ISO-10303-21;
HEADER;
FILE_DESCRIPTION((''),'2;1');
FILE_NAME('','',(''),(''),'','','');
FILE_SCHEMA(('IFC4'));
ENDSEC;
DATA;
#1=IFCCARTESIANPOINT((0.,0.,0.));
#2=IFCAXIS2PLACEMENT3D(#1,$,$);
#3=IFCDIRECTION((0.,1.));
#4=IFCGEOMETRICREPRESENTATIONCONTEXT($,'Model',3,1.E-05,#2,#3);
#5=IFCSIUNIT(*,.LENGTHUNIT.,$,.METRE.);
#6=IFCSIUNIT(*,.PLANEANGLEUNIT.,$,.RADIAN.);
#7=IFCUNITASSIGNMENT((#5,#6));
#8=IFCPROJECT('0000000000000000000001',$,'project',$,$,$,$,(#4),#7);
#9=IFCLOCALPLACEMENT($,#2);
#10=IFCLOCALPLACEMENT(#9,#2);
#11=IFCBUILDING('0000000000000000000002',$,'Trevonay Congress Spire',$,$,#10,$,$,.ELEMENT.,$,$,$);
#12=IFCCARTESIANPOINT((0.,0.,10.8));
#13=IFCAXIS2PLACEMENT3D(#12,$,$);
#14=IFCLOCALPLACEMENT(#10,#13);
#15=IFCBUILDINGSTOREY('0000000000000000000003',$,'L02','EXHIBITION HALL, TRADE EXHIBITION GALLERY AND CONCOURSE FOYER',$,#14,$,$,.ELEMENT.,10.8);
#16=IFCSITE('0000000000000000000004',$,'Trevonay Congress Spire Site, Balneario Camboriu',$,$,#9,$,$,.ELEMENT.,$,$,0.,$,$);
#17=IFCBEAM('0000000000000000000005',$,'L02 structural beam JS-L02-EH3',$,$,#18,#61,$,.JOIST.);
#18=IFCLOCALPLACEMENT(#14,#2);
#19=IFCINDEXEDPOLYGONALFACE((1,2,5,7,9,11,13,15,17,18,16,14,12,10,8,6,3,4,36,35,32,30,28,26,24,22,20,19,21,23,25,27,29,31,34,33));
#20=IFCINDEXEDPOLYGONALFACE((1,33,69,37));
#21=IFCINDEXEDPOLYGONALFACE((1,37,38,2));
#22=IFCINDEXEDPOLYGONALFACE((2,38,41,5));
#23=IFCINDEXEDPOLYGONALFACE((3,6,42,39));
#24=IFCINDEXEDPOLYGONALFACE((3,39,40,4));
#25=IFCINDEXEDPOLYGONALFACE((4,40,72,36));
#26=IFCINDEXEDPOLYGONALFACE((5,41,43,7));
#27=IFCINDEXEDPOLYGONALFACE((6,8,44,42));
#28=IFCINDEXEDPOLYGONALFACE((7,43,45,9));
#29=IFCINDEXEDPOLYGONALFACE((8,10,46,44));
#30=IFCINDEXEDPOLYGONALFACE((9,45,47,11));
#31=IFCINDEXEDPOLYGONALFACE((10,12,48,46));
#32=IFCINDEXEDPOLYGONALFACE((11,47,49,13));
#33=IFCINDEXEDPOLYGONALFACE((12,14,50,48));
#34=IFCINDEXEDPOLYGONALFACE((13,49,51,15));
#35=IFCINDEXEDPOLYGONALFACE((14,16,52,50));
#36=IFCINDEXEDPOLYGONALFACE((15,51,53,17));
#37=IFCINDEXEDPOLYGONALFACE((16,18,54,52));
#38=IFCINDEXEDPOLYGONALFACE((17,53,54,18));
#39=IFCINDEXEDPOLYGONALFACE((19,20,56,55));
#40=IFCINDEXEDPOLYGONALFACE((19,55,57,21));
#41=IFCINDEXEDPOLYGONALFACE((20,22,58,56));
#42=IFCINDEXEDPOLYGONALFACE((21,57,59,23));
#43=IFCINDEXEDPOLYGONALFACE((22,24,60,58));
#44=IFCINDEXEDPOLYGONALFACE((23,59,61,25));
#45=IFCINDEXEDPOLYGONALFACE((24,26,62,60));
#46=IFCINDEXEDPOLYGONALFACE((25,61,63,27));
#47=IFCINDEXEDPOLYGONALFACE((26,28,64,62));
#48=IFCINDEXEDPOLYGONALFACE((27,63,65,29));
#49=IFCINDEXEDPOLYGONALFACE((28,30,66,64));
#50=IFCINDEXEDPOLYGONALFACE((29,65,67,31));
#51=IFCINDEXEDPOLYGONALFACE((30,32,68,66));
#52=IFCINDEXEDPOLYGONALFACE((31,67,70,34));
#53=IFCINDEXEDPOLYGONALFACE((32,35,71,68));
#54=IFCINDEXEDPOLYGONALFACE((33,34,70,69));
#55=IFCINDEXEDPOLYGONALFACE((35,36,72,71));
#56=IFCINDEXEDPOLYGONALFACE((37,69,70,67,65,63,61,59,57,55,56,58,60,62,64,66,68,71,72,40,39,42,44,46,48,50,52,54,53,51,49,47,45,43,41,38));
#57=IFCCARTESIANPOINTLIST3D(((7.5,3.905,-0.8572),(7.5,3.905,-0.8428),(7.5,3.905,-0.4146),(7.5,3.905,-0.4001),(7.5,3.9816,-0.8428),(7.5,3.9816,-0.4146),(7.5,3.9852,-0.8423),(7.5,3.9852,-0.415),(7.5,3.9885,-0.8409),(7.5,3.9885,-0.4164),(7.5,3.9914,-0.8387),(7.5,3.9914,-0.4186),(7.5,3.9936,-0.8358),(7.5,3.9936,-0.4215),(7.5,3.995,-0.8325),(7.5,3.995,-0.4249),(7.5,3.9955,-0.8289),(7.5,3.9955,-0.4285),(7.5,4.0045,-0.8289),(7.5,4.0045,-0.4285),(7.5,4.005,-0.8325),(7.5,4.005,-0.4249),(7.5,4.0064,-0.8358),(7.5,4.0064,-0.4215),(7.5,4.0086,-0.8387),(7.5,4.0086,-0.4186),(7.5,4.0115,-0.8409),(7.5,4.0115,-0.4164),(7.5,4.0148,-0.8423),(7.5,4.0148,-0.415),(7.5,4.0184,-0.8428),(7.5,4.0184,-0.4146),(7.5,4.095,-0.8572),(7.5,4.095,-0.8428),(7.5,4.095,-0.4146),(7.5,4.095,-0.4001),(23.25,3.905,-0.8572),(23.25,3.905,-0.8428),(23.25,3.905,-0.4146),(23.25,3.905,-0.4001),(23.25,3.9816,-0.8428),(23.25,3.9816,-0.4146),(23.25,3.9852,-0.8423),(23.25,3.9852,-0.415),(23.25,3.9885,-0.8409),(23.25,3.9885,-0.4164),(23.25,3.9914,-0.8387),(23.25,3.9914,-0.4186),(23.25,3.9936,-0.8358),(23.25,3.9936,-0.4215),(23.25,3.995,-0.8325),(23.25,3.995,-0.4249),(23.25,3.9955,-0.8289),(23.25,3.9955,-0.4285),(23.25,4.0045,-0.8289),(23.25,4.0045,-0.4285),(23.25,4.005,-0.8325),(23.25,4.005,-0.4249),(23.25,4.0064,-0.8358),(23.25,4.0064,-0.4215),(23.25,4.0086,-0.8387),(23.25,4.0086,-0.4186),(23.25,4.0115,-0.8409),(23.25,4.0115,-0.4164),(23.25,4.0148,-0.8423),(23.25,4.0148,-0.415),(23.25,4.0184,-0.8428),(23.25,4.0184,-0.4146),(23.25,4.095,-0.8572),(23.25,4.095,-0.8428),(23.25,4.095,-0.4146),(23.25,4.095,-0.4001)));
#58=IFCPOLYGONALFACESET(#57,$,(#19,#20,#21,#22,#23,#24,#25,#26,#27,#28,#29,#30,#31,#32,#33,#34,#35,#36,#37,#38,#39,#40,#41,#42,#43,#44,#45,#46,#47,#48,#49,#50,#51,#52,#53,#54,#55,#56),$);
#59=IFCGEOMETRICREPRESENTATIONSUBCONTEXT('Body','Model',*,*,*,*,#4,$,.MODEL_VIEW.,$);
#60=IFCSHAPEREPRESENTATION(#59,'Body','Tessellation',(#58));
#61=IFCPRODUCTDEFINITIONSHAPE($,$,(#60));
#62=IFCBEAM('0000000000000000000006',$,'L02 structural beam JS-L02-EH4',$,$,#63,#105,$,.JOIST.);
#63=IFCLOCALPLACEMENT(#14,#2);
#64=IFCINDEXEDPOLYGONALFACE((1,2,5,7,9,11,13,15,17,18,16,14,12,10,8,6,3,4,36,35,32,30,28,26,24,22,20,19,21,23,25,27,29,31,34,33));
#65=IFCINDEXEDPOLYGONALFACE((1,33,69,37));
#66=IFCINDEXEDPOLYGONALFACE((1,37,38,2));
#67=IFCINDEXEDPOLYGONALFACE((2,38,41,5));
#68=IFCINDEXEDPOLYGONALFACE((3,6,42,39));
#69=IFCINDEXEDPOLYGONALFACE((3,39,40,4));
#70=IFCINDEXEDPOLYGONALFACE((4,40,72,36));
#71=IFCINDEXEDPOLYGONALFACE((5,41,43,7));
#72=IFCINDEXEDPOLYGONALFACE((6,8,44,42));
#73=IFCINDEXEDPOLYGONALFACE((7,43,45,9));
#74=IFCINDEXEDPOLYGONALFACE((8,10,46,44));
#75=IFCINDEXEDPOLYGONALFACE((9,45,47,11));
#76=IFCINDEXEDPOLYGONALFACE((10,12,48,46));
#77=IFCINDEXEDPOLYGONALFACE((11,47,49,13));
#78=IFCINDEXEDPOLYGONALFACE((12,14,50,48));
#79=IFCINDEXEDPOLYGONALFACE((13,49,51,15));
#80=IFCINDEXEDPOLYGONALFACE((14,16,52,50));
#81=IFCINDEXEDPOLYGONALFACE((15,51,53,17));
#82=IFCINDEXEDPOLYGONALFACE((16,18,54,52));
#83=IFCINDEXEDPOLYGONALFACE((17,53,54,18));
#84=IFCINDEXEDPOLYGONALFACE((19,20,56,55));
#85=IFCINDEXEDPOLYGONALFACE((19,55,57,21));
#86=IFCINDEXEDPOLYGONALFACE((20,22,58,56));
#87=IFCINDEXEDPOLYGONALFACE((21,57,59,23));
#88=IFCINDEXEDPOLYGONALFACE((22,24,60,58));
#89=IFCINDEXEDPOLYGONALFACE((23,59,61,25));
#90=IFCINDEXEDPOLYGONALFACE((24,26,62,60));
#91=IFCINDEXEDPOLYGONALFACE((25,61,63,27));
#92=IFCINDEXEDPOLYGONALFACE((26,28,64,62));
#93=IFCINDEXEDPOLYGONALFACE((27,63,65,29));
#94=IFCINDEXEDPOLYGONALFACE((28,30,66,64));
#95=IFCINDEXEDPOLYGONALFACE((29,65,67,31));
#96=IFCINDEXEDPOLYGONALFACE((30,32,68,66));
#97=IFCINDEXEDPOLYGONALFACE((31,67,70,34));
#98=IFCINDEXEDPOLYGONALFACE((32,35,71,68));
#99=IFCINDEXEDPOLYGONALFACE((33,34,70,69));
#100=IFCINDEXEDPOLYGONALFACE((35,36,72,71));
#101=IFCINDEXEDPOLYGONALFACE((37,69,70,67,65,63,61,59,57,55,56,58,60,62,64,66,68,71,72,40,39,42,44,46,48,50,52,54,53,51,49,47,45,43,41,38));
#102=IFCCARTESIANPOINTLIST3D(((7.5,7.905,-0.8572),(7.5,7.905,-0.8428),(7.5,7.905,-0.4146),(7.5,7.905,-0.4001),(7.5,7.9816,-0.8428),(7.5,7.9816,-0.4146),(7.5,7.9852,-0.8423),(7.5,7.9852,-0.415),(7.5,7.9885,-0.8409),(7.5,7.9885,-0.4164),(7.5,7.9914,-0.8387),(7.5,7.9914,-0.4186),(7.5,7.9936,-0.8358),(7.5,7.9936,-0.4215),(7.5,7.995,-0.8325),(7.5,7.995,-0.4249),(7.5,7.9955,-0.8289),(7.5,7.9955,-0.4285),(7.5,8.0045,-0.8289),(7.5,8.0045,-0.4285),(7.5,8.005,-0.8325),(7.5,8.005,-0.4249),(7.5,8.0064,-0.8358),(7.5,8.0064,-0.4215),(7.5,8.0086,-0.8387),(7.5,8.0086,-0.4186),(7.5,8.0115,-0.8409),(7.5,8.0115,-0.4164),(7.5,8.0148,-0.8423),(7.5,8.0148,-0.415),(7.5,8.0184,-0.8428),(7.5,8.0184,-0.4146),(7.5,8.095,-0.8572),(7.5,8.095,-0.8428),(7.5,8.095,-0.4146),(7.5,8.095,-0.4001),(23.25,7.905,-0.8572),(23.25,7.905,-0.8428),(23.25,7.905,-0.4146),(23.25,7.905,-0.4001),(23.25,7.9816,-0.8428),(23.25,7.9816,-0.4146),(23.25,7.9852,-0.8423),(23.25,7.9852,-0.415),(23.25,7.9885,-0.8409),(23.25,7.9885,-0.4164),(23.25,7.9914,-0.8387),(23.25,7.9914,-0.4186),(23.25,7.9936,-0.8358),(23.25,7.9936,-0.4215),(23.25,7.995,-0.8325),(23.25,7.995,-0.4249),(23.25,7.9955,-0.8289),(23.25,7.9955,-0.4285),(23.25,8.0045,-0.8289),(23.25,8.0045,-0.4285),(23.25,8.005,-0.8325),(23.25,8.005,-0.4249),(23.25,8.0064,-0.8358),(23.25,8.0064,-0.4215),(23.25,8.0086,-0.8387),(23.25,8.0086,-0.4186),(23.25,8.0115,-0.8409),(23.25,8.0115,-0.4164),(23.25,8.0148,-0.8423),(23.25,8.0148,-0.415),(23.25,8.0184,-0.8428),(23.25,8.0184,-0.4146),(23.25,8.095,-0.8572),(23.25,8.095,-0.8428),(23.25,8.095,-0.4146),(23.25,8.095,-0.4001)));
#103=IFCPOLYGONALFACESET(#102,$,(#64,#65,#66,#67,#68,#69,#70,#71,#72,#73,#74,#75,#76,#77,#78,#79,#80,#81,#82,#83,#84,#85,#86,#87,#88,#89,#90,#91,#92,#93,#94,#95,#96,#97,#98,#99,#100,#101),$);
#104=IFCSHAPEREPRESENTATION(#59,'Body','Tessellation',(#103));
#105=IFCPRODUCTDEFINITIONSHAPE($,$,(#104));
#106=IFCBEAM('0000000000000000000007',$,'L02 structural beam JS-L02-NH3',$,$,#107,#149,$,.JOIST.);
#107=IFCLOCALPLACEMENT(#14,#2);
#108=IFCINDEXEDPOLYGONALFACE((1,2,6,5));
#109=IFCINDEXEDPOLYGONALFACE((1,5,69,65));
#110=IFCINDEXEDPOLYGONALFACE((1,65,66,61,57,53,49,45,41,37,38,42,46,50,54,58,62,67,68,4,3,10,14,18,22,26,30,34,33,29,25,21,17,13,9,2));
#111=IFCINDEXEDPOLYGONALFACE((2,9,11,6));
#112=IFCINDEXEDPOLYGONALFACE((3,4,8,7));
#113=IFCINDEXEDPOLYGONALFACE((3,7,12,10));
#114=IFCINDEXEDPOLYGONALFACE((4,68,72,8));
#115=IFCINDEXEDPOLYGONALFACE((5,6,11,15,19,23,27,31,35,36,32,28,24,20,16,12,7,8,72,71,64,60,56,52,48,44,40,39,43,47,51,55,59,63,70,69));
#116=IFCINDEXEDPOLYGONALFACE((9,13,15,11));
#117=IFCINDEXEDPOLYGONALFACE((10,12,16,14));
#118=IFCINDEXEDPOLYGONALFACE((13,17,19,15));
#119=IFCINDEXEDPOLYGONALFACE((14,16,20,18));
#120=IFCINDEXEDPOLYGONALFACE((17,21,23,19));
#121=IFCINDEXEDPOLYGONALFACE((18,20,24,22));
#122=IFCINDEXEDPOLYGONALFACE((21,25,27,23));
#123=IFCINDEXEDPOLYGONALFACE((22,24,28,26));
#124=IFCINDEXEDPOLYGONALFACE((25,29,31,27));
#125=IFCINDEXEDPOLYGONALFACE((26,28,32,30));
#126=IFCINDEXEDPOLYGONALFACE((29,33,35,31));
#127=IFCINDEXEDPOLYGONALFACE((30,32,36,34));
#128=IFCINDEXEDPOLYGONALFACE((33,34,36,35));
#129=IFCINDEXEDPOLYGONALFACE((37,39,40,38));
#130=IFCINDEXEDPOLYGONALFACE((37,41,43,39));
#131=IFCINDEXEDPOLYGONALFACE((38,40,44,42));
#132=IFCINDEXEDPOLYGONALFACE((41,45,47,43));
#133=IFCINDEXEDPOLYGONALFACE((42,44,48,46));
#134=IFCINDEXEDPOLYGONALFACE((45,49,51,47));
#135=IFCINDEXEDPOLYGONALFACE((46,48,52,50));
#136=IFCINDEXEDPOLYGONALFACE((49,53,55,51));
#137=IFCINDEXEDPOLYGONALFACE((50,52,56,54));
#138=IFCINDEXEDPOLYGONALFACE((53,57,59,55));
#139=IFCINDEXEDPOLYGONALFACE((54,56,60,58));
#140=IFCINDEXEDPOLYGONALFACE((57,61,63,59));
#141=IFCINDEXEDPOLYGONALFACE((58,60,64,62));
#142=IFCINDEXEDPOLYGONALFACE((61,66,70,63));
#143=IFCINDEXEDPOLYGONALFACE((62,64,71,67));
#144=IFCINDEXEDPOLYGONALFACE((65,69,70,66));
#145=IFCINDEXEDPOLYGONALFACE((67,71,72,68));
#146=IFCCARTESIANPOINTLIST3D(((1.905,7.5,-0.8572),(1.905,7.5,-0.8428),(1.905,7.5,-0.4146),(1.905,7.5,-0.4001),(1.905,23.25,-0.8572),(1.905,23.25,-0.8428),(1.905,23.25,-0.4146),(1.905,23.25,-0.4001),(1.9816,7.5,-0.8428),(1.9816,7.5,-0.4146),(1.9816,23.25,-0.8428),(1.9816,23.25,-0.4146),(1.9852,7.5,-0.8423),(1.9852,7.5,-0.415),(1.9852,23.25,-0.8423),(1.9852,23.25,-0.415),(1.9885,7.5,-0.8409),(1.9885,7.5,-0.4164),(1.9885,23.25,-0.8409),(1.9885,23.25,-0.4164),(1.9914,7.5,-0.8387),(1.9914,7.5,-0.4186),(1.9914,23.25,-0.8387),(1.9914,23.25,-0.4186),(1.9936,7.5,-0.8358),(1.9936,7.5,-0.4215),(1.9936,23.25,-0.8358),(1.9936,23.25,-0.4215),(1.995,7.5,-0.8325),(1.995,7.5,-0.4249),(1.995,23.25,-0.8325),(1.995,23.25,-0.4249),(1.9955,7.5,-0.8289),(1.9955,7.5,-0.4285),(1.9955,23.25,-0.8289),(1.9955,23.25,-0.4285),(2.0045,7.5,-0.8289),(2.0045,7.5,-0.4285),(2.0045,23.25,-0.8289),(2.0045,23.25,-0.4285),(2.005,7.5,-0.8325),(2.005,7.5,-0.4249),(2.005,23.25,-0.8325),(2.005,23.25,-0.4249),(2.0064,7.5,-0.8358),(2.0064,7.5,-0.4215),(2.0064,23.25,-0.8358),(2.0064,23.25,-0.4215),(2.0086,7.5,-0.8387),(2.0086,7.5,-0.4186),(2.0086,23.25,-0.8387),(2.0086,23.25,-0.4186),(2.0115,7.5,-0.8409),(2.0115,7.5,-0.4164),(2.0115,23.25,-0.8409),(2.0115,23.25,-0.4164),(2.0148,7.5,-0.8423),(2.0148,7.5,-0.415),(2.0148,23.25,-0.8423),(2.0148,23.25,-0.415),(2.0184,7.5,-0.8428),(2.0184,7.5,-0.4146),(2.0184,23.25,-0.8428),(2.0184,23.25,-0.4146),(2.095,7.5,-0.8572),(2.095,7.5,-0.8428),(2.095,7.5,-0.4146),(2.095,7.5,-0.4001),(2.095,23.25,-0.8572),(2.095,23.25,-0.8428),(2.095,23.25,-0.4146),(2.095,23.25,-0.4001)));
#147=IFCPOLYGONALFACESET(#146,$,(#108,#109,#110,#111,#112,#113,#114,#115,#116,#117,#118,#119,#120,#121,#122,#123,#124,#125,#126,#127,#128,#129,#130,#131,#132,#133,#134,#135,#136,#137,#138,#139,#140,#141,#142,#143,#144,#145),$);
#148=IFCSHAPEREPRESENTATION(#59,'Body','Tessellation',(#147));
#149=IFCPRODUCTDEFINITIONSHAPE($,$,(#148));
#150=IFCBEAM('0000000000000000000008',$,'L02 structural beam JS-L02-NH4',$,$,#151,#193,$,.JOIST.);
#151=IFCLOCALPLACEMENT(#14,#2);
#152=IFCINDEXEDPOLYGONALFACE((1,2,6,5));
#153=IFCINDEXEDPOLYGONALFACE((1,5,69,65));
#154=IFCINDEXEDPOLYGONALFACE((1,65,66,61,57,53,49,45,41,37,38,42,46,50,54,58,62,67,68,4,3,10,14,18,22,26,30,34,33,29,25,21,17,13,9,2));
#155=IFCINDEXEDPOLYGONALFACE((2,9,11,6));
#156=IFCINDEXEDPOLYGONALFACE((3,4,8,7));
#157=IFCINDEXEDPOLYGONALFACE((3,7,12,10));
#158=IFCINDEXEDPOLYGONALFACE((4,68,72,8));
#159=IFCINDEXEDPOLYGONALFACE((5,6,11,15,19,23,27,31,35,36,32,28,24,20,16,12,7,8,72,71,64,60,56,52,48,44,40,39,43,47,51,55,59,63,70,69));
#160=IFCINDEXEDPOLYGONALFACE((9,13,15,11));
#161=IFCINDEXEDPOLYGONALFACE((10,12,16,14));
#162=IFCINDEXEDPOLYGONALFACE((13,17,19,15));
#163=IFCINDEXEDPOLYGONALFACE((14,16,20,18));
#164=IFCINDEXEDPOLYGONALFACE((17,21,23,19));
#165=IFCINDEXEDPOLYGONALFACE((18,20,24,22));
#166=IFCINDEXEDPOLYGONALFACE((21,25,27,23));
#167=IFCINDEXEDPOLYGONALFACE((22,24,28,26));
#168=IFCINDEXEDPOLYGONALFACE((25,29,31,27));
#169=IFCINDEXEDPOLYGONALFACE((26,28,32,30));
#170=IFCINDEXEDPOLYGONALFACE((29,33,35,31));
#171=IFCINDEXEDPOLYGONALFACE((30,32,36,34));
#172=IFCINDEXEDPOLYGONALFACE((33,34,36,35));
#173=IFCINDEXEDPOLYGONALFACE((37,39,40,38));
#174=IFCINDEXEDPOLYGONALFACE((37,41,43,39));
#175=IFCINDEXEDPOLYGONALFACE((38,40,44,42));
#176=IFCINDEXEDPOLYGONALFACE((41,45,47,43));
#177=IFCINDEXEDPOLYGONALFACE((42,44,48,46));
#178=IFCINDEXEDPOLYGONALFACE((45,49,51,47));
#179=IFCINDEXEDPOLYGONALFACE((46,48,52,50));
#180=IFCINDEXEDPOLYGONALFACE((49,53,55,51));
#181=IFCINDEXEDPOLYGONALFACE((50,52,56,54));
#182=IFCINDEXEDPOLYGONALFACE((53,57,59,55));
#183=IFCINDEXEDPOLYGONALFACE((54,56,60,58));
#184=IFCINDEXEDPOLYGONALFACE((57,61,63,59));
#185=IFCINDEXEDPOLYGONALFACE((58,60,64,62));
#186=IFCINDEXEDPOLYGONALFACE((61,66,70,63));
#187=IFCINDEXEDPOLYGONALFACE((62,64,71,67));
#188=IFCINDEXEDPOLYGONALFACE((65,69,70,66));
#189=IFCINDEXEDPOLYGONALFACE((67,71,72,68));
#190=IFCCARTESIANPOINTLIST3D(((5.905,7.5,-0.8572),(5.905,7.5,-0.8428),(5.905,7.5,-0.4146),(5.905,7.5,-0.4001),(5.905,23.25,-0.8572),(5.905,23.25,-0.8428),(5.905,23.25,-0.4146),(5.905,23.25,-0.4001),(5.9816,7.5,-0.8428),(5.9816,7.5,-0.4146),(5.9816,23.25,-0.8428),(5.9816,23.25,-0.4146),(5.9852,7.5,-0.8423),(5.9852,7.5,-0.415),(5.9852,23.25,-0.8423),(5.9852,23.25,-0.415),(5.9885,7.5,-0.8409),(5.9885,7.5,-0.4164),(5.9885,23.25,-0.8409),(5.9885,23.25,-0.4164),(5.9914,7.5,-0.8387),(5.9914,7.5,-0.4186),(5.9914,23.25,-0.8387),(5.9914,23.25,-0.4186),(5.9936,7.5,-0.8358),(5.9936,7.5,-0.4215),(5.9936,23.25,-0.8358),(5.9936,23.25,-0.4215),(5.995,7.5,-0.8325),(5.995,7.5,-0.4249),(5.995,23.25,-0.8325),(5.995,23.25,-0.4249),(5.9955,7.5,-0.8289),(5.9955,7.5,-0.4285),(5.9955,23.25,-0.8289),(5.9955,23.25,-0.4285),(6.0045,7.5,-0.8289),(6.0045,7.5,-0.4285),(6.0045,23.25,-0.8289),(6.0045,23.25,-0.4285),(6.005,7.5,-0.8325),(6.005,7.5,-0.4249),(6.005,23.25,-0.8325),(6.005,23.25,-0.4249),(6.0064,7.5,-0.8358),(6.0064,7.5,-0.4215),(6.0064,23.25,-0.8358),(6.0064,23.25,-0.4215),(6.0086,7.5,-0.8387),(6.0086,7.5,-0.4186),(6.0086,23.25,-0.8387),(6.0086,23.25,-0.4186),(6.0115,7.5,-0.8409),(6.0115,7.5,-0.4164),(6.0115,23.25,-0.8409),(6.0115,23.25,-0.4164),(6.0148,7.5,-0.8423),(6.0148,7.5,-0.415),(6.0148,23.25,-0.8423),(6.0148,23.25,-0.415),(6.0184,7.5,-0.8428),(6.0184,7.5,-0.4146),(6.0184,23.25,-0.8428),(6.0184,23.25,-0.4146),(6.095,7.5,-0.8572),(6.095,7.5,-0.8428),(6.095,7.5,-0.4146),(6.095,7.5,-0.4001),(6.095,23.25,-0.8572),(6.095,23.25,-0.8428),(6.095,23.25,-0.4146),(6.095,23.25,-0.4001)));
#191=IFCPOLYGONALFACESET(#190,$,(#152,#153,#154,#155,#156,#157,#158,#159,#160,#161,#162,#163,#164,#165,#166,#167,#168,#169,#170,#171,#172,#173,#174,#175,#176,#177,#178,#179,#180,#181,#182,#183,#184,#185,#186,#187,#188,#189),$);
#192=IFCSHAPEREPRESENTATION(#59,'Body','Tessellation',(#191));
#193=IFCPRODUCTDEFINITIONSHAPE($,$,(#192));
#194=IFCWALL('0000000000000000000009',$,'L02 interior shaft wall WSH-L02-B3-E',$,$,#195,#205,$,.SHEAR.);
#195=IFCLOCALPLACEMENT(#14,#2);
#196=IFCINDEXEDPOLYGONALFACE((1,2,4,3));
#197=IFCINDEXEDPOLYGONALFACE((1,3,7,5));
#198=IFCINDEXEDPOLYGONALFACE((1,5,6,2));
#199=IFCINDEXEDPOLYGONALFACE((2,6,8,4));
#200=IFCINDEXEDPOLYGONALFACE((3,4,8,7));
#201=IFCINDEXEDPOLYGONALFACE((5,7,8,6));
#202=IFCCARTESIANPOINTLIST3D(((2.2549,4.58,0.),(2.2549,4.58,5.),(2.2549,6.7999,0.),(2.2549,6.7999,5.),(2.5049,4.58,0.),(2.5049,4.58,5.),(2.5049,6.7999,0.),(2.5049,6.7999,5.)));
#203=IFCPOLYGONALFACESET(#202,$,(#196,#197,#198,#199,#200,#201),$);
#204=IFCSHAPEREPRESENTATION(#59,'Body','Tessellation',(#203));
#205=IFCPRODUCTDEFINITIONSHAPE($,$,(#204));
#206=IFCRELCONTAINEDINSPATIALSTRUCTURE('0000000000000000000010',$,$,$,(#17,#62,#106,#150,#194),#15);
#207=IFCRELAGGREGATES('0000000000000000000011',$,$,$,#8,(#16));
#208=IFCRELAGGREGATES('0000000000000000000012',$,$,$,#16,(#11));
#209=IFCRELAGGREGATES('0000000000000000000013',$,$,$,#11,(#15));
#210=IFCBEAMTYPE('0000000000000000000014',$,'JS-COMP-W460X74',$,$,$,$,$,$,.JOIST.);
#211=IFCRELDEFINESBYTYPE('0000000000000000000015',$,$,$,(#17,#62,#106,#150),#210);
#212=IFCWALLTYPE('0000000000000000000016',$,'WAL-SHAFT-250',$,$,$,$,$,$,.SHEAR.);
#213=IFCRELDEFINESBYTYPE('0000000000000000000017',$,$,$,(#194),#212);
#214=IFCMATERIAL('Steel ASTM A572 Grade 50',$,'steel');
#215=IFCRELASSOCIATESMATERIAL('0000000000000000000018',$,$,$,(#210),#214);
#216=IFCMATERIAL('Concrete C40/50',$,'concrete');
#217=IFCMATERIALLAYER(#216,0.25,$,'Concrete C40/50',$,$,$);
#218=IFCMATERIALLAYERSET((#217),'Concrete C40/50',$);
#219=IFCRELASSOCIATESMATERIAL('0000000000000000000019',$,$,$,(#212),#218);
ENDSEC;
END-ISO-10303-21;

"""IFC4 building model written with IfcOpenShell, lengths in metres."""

from ifc_helpers import new_model, si_unit, direction, frame, frame_2d, origin, origin_2d, place, context, subcontext, project, spatial, rectangle, i_section, extrude, material, layer, layer_set, material_profile, profile_set, type_object, element, save


model = new_model("IFC4")

# Units and contexts
model_context = context("Model", 3, precision=1e-05, world=origin(), true_north=direction((0.0, 1.0)))
body_context = subcontext(model_context, "Body", "Model", "MODEL_VIEW")
ifc_project = project(units=[si_unit("LENGTHUNIT", "METRE"), si_unit("PLANEANGLEUNIT", "RADIAN")], contexts=[model_context])

# Site, building, storey
site_placement = place(None, origin())
site = spatial("IfcSite", under=ifc_project, at=site_placement, Name="Trevonay Congress Spire Site, Balneario Camboriu", CompositionType="ELEMENT", RefElevation=0.0)
building_placement = place(site_placement, origin())
building = spatial("IfcBuilding", under=site, at=building_placement, Name="Trevonay Congress Spire", CompositionType="ELEMENT")
storey_placement = place(building_placement, frame((0.0, 0.0, 10.8)))
storey = spatial("IfcBuildingStorey", under=building, at=storey_placement, Name="L02", Description="EXHIBITION HALL, TRADE EXHIBITION GALLERY AND CONCOURSE FOYER", CompositionType="ELEMENT", Elevation=10.8)

# Shared definitions
ifc_material_1 = material(Name="Steel ASTM A572 Grade 50", Category="steel")

# Beams
ifc_material_profile_1 = material_profile(ifc_material_1, i_section(OverallWidth=0.1899, OverallDepth=0.457, WebThickness=0.009, FlangeThickness=0.0144, FilletRadius=0.0139, at=origin_2d()), Name="W460x74")
ifc_profile_set_1 = profile_set([ifc_material_profile_1], Name="Steel ASTM A572 Grade 50")
beam_type_1 = type_object("IfcBeamType", Name="JS-COMP-W460X74", PredefinedType="JOIST", material=ifc_profile_set_1)
for number, where, z_axis, x_axis, name in (
    (1, (7.5, 4.0, -0.6287), (1.0, 0.0, 0.0), (0.0, 1.0, 0.0), "L02 structural beam JS-L02-EH3"),
    (2, (7.5, 8.0, -0.6287), (1.0, 0.0, 0.0), (0.0, 1.0, 0.0), "L02 structural beam JS-L02-EH4"),
    (3, (2.0, 7.5, -0.6287), (0.0, 1.0, 0.0), (-1.0, 0.0, 0.0), "L02 structural beam JS-L02-NH3"),
    (4, (6.0, 7.5, -0.6287), (0.0, 1.0, 0.0), (-1.0, 0.0, 0.0), "L02 structural beam JS-L02-NH4"),
):
    element("IfcBeam", number, at=place(storey_placement, frame(where, z_axis=z_axis, x_axis=x_axis)), inside=storey, type_object=beam_type_1, Name=name, PredefinedType="JOIST", context=body_context, shape_type="SweptSolid", body=[
        extrude(i_section(OverallWidth=0.1899, OverallDepth=0.457, WebThickness=0.009, FlangeThickness=0.0144, FilletRadius=0.0139, at=origin_2d()), origin(), (0.0, 0.0, 1.0), 15.75),
    ])

# Wall
ifc_material_2 = material(Name="Concrete C40/50", Category="concrete")
ifc_layer = layer(ifc_material_2, 0.25, Name="Concrete C40/50")
ifc_layer_set = layer_set([ifc_layer], Name="Concrete C40/50")
wall_type = type_object("IfcWallType", Name="WAL-SHAFT-250", PredefinedType="SHEAR", material=ifc_layer_set)
wall_1_placement = place(storey_placement, frame((2.3799, 4.5801, 0.0), z_axis=(0.0, 0.0, 1.0), x_axis=(0.0, 1.0, 0.0)))
element("IfcWall", 5, at=wall_1_placement, inside=storey, type_object=wall_type, Name="L02 interior shaft wall WSH-L02-B3-E", PredefinedType="SHEAR", context=body_context, shape_type="SweptSolid", body=[
    extrude(rectangle(XDim=2.22, YDim=0.25, at=frame_2d((1.1099, 0.0))), origin(), (0.0, 0.0, 1.0), 5.0),
])

save(model, "model.ifc")
